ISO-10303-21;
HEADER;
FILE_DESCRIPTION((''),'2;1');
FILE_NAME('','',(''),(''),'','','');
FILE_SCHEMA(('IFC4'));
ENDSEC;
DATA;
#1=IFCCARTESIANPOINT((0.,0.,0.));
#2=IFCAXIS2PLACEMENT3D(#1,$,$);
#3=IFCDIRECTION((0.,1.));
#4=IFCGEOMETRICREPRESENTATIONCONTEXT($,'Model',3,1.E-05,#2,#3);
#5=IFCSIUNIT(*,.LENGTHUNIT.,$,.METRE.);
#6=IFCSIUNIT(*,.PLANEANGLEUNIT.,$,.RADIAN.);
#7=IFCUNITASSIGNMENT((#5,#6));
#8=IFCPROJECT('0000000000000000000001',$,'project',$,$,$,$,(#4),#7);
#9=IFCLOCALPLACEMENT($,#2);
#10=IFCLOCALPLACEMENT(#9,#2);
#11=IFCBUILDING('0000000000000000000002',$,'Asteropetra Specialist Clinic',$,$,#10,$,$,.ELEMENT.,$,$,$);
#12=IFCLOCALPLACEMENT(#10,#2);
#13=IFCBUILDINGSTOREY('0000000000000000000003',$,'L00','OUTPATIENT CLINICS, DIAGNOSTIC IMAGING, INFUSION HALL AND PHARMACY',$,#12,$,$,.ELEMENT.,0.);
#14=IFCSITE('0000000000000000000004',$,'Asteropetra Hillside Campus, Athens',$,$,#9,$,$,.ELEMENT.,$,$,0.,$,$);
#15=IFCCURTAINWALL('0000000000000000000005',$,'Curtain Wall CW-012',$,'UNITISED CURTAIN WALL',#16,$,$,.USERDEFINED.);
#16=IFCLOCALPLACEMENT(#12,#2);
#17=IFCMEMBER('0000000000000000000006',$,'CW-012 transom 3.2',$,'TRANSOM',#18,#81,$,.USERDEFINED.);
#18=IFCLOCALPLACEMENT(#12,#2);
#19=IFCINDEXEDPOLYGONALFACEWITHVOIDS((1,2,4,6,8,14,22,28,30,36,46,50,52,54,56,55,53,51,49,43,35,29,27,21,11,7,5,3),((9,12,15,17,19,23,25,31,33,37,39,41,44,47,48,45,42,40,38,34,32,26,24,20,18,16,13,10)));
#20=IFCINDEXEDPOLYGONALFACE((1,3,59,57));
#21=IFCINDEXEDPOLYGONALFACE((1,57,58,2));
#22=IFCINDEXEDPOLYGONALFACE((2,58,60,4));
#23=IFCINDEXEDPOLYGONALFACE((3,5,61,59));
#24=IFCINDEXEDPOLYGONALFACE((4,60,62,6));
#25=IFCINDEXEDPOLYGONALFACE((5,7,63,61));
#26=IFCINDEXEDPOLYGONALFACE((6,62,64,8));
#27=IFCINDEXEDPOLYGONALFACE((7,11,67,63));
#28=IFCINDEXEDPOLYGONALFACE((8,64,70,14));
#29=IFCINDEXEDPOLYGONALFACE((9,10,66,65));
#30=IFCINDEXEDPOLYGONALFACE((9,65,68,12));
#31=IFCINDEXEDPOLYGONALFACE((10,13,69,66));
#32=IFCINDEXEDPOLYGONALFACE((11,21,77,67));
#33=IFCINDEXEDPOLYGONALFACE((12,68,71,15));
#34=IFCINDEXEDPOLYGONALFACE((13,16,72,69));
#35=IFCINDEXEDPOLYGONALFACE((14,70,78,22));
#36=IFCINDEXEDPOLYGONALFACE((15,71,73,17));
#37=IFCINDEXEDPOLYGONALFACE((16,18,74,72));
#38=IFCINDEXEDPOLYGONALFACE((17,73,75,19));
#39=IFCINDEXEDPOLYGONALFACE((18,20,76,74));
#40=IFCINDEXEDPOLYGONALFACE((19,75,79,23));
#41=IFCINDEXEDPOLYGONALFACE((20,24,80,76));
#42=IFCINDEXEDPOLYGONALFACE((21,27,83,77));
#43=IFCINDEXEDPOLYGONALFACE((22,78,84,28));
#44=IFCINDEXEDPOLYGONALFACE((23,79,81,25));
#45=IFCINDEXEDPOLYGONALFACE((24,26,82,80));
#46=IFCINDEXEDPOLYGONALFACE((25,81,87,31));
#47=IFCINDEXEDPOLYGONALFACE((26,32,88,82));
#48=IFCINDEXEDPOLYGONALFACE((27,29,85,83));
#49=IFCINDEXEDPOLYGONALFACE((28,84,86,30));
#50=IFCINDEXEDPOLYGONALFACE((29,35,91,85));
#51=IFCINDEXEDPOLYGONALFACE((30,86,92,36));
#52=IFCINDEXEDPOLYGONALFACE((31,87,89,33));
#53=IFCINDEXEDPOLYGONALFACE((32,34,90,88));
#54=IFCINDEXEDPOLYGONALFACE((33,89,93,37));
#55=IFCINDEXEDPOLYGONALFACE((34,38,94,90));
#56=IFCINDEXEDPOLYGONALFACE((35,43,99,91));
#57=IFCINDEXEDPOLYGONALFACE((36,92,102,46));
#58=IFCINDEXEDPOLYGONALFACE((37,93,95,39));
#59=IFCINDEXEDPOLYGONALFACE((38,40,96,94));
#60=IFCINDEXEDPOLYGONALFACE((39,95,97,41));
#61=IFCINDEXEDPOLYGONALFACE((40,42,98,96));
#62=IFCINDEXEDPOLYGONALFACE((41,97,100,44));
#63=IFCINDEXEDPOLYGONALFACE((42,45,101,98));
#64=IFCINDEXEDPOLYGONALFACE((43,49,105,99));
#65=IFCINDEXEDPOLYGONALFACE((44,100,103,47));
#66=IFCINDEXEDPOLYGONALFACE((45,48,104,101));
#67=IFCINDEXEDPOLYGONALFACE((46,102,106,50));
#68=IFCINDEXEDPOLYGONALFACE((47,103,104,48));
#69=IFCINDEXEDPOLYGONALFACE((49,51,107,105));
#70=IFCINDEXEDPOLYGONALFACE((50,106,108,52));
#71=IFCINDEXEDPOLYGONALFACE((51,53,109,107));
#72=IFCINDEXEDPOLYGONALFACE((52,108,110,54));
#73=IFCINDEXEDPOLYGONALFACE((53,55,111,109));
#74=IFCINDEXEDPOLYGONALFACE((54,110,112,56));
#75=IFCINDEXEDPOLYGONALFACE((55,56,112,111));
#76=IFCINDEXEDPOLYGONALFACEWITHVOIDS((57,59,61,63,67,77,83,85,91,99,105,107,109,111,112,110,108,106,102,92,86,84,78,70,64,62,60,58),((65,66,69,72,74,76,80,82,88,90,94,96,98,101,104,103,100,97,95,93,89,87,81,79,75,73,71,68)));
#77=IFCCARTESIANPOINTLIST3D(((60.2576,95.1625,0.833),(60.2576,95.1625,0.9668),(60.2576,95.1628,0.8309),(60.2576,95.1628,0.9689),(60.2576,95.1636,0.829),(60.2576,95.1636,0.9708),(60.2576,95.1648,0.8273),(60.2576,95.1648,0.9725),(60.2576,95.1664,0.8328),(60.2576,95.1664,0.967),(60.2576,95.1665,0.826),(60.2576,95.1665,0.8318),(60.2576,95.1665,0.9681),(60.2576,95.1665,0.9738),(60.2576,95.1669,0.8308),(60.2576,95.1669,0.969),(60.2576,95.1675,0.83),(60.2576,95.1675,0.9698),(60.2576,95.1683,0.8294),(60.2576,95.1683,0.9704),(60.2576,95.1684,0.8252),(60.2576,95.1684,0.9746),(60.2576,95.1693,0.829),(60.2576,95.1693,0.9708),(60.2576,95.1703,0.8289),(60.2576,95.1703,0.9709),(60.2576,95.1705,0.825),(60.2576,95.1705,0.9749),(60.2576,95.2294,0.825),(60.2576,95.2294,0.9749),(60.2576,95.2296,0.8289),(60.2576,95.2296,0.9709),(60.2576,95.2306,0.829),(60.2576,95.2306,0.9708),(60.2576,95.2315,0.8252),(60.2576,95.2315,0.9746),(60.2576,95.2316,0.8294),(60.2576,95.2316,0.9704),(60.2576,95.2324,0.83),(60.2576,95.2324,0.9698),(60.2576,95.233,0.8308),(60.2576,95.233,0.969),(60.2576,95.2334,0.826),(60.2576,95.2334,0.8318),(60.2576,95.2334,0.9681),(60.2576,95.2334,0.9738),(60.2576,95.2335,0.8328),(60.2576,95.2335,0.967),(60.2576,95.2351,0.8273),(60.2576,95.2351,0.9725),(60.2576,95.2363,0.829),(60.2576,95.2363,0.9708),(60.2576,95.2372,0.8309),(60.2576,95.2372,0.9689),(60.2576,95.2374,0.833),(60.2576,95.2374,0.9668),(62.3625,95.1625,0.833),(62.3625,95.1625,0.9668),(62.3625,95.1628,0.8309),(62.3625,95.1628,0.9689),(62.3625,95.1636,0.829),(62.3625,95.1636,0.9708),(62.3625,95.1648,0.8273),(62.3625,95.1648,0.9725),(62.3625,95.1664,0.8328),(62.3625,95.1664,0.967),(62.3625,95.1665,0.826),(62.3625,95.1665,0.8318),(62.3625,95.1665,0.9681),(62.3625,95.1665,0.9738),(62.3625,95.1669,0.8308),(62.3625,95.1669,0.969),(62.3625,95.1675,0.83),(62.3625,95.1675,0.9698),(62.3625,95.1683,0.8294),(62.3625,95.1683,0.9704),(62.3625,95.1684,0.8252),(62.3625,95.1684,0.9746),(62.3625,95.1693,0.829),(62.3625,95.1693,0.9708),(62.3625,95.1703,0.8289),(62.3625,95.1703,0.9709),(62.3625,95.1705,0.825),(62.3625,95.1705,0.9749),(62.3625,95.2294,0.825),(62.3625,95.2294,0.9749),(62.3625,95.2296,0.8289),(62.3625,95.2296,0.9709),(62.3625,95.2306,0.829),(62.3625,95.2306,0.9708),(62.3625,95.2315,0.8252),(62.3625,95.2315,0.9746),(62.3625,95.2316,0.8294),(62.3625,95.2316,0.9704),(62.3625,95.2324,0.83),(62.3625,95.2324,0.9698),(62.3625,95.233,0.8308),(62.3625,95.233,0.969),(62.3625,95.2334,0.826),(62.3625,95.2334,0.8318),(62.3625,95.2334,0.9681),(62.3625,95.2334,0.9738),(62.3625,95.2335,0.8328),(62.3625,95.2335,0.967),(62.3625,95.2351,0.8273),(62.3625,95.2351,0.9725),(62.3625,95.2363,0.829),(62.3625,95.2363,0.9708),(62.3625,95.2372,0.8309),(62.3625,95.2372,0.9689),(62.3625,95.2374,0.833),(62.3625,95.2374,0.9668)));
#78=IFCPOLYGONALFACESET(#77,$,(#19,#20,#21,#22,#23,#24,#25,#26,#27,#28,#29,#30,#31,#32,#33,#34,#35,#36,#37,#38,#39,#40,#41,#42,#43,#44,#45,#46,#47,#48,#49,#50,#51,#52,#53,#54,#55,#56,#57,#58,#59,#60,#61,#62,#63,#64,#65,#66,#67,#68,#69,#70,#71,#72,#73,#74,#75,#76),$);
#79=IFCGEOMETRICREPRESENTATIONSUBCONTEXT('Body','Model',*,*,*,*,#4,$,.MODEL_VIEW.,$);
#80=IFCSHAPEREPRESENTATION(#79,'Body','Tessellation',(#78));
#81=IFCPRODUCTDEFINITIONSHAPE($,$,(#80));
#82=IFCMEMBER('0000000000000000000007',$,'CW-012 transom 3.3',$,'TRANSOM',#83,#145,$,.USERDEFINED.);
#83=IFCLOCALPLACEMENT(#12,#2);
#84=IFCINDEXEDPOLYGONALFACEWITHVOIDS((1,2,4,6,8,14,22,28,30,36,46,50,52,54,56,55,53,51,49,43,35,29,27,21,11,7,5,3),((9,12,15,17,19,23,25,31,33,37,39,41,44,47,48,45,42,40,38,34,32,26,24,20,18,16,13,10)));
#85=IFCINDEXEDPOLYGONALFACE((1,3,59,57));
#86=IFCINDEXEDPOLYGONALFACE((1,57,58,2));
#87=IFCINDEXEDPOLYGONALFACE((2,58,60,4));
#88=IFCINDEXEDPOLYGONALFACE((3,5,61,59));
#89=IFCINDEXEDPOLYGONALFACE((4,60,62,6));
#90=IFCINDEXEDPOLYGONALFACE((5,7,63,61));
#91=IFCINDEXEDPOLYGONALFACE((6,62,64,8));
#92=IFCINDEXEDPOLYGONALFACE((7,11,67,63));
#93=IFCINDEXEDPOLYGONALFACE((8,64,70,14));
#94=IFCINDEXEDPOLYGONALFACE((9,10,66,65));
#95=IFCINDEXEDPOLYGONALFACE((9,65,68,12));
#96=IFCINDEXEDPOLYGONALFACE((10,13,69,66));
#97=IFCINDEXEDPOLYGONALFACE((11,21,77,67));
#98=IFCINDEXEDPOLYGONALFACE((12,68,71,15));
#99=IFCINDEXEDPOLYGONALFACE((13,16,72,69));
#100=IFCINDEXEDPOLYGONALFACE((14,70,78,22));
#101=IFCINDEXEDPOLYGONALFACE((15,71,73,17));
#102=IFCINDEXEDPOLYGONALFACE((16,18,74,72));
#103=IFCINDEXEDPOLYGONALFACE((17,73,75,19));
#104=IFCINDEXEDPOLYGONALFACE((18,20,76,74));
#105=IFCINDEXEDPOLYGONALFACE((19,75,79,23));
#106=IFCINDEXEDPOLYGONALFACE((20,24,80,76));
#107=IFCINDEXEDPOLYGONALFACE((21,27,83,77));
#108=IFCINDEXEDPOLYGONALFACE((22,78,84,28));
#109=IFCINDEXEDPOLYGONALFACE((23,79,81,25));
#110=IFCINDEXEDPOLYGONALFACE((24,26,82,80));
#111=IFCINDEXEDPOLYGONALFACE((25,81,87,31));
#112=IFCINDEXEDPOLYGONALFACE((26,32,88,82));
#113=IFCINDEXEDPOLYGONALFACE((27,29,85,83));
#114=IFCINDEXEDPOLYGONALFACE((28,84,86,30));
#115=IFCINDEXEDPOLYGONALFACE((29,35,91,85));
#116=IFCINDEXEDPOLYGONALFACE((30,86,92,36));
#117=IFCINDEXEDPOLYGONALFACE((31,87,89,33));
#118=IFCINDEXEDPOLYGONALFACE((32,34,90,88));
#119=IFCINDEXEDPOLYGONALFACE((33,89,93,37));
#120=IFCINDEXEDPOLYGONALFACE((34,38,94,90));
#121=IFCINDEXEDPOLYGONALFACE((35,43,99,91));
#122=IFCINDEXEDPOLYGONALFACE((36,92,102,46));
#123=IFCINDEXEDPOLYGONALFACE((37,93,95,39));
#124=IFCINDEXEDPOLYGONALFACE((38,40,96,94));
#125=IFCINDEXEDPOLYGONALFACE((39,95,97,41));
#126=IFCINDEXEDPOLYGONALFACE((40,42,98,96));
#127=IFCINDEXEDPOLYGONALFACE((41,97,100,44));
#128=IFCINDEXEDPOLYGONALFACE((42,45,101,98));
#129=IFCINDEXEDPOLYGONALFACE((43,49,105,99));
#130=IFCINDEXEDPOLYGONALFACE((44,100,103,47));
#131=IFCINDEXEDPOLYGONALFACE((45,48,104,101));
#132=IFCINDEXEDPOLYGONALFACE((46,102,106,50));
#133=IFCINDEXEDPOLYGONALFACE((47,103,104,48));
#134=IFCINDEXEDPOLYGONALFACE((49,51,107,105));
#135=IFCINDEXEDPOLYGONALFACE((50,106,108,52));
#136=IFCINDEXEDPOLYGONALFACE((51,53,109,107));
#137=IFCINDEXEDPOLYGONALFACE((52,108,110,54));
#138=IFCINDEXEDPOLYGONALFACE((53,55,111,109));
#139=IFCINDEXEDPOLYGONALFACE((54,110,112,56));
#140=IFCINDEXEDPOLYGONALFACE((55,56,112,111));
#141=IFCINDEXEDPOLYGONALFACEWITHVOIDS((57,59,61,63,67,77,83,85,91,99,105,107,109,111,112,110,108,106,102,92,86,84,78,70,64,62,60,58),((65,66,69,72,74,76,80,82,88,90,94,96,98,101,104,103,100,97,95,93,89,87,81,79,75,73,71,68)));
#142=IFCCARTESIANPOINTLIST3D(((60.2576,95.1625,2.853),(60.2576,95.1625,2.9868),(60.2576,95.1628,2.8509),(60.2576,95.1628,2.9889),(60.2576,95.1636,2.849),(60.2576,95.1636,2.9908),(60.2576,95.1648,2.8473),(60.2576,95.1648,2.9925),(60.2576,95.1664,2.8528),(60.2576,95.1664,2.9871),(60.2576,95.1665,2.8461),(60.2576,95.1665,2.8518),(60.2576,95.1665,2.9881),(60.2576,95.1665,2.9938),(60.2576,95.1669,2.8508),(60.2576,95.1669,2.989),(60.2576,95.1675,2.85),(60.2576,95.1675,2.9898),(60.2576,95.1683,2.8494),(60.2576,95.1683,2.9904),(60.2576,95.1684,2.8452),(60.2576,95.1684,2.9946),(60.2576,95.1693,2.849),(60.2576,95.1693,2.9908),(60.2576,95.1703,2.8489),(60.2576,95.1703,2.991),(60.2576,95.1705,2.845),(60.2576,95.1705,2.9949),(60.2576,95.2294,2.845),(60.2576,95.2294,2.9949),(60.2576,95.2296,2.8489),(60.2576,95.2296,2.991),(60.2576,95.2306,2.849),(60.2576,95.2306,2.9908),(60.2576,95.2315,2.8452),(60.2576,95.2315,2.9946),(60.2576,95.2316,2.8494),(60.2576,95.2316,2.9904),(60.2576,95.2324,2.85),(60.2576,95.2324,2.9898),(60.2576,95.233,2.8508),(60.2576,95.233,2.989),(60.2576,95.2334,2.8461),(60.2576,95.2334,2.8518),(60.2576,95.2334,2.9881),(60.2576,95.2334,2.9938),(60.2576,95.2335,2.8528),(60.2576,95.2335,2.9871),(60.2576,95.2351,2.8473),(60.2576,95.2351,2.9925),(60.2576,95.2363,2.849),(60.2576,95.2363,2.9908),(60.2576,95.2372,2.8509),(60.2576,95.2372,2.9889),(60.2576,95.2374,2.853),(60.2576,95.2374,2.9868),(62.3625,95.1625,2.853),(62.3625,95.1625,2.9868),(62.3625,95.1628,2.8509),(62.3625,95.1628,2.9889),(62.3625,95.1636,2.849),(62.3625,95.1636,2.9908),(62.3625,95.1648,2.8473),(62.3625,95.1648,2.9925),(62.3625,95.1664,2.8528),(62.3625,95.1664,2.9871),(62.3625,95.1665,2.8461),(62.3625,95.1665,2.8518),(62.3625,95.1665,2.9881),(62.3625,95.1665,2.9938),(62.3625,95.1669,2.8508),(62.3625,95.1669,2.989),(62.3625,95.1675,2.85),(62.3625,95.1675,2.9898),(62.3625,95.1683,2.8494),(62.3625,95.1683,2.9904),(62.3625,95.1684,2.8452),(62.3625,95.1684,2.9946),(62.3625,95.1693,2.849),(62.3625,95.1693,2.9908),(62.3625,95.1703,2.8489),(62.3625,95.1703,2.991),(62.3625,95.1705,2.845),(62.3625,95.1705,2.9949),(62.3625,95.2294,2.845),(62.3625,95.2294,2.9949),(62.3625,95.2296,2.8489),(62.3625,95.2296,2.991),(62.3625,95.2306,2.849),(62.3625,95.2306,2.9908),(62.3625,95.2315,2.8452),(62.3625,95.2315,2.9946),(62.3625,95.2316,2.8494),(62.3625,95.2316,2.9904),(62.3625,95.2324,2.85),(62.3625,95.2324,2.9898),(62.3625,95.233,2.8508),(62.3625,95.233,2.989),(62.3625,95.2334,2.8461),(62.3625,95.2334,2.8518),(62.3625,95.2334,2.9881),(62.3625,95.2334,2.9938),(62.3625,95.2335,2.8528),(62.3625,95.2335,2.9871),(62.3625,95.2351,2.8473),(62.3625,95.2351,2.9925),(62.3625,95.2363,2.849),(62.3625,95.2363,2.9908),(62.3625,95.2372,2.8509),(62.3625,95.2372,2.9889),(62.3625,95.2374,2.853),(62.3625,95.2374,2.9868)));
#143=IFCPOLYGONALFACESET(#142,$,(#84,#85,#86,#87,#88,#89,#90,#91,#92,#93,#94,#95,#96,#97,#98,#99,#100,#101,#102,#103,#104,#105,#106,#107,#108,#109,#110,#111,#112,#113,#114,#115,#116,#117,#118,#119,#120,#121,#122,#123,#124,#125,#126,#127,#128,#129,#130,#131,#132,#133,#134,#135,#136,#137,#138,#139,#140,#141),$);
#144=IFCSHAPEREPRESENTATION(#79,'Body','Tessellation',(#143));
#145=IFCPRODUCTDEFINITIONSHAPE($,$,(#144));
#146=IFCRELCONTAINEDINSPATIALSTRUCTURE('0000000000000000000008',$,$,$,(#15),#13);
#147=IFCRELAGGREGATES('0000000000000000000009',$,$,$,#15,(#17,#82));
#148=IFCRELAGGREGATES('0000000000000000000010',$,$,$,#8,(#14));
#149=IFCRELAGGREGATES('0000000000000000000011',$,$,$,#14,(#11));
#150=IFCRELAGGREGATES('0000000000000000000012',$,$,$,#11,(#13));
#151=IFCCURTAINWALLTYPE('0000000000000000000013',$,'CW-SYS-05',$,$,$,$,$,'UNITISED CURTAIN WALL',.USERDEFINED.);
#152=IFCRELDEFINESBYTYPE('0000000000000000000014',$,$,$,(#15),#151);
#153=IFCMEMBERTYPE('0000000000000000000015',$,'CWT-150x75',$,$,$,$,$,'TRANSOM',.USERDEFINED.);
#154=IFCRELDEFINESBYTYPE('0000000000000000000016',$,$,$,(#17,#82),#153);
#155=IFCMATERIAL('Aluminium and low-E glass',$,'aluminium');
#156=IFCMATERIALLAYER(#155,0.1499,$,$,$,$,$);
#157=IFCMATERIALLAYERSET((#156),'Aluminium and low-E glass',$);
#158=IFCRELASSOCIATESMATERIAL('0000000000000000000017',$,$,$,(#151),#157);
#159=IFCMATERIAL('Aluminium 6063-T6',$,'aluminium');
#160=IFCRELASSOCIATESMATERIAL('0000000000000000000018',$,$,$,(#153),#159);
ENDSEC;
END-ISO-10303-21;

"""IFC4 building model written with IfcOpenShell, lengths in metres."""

from ifc_helpers import new_model, si_unit, direction, frame, origin, origin_2d, place, context, subcontext, project, spatial, hollow_rectangle, extrude, material, layer, layer_set, material_profile, profile_set, type_object, element, aggregate, save


model = new_model("IFC4")

# Units and contexts
model_context = context("Model", 3, precision=1e-05, world=origin(), true_north=direction((0.0, 1.0)))
body_context = subcontext(model_context, "Body", "Model", "MODEL_VIEW")
ifc_project = project(units=[si_unit("LENGTHUNIT", "METRE"), si_unit("PLANEANGLEUNIT", "RADIAN")], contexts=[model_context])

# Site, building, storey
site_placement = place(None, origin())
site = spatial("IfcSite", under=ifc_project, at=site_placement, Name="Asteropetra Hillside Campus, Athens", CompositionType="ELEMENT", RefElevation=0.0)
building_placement = place(site_placement, origin())
building = spatial("IfcBuilding", under=site, at=building_placement, Name="Asteropetra Specialist Clinic", CompositionType="ELEMENT")
storey_placement = place(building_placement, origin())
storey = spatial("IfcBuildingStorey", under=building, at=storey_placement, Name="L00", Description="OUTPATIENT CLINICS, DIAGNOSTIC IMAGING, INFUSION HALL AND PHARMACY", CompositionType="ELEMENT", Elevation=0.0)

# Curtain wall
ifc_material_1 = material(Name="Aluminium and low-E glass", Category="aluminium")
ifc_layer_1 = layer(ifc_material_1, 0.1499)
ifc_layer_set_1 = layer_set([ifc_layer_1], Name="Aluminium and low-E glass")
curtain_wall_type_1 = type_object("IfcCurtainWallType", Name="CW-SYS-05", ElementType="UNITISED CURTAIN WALL", PredefinedType="USERDEFINED", material=ifc_layer_set_1)
curtain_wall_1_placement = place(storey_placement, origin())
curtain_wall_1 = element("IfcCurtainWall", 1, at=curtain_wall_1_placement, inside=storey, type_object=curtain_wall_type_1, Name="Curtain Wall CW-012", ObjectType="UNITISED CURTAIN WALL", PredefinedType="USERDEFINED")

# Members
ifc_material_2 = material(Name="Aluminium 6063-T6", Category="aluminium")
ifc_material_profile_1 = material_profile(ifc_material_2, hollow_rectangle(XDim=0.075, YDim=0.1499, WallThickness=0.0039, InnerFilletRadius=0.0039, OuterFilletRadius=0.0081, at=origin_2d()), Name="TRN 150x75x4.0")
ifc_profile_set_1 = profile_set([ifc_material_profile_1], Name="Aluminium 6063-T6")
member_type_1 = type_object("IfcMemberType", Name="CWT-150x75", ElementType="TRANSOM", PredefinedType="USERDEFINED", material=ifc_profile_set_1)
member_1_placement = place(storey_placement, frame((62.3625, 95.2, 0.8999), z_axis=(-1.0, 0.0, 0.0), x_axis=(0.0, -1.0, 0.0)))
member_1 = element("IfcMember", 2, at=member_1_placement, type_object=member_type_1, Name="CW-012 transom 3.2", ObjectType="TRANSOM", PredefinedType="USERDEFINED", context=body_context, shape_type="SweptSolid", body=[
    extrude(hollow_rectangle(XDim=0.075, YDim=0.1499, WallThickness=0.0039, InnerFilletRadius=0.0039, OuterFilletRadius=0.0081, at=origin_2d()), origin(), (0.0, 0.0, 1.0), 2.105),
])
member_2_placement = place(storey_placement, frame((62.3625, 95.2, 2.9199), z_axis=(-1.0, 0.0, 0.0), x_axis=(0.0, -1.0, 0.0)))
member_2 = element("IfcMember", 3, at=member_2_placement, type_object=member_type_1, Name="CW-012 transom 3.3", ObjectType="TRANSOM", PredefinedType="USERDEFINED", context=body_context, shape_type="SweptSolid", body=[
    extrude(hollow_rectangle(XDim=0.075, YDim=0.1499, WallThickness=0.0039, InnerFilletRadius=0.0039, OuterFilletRadius=0.0081, at=origin_2d()), origin(), (0.0, 0.0, 1.0), 2.105),
])

aggregate(curtain_wall_1, [member_1, member_2])

save(model, "model.ifc")
